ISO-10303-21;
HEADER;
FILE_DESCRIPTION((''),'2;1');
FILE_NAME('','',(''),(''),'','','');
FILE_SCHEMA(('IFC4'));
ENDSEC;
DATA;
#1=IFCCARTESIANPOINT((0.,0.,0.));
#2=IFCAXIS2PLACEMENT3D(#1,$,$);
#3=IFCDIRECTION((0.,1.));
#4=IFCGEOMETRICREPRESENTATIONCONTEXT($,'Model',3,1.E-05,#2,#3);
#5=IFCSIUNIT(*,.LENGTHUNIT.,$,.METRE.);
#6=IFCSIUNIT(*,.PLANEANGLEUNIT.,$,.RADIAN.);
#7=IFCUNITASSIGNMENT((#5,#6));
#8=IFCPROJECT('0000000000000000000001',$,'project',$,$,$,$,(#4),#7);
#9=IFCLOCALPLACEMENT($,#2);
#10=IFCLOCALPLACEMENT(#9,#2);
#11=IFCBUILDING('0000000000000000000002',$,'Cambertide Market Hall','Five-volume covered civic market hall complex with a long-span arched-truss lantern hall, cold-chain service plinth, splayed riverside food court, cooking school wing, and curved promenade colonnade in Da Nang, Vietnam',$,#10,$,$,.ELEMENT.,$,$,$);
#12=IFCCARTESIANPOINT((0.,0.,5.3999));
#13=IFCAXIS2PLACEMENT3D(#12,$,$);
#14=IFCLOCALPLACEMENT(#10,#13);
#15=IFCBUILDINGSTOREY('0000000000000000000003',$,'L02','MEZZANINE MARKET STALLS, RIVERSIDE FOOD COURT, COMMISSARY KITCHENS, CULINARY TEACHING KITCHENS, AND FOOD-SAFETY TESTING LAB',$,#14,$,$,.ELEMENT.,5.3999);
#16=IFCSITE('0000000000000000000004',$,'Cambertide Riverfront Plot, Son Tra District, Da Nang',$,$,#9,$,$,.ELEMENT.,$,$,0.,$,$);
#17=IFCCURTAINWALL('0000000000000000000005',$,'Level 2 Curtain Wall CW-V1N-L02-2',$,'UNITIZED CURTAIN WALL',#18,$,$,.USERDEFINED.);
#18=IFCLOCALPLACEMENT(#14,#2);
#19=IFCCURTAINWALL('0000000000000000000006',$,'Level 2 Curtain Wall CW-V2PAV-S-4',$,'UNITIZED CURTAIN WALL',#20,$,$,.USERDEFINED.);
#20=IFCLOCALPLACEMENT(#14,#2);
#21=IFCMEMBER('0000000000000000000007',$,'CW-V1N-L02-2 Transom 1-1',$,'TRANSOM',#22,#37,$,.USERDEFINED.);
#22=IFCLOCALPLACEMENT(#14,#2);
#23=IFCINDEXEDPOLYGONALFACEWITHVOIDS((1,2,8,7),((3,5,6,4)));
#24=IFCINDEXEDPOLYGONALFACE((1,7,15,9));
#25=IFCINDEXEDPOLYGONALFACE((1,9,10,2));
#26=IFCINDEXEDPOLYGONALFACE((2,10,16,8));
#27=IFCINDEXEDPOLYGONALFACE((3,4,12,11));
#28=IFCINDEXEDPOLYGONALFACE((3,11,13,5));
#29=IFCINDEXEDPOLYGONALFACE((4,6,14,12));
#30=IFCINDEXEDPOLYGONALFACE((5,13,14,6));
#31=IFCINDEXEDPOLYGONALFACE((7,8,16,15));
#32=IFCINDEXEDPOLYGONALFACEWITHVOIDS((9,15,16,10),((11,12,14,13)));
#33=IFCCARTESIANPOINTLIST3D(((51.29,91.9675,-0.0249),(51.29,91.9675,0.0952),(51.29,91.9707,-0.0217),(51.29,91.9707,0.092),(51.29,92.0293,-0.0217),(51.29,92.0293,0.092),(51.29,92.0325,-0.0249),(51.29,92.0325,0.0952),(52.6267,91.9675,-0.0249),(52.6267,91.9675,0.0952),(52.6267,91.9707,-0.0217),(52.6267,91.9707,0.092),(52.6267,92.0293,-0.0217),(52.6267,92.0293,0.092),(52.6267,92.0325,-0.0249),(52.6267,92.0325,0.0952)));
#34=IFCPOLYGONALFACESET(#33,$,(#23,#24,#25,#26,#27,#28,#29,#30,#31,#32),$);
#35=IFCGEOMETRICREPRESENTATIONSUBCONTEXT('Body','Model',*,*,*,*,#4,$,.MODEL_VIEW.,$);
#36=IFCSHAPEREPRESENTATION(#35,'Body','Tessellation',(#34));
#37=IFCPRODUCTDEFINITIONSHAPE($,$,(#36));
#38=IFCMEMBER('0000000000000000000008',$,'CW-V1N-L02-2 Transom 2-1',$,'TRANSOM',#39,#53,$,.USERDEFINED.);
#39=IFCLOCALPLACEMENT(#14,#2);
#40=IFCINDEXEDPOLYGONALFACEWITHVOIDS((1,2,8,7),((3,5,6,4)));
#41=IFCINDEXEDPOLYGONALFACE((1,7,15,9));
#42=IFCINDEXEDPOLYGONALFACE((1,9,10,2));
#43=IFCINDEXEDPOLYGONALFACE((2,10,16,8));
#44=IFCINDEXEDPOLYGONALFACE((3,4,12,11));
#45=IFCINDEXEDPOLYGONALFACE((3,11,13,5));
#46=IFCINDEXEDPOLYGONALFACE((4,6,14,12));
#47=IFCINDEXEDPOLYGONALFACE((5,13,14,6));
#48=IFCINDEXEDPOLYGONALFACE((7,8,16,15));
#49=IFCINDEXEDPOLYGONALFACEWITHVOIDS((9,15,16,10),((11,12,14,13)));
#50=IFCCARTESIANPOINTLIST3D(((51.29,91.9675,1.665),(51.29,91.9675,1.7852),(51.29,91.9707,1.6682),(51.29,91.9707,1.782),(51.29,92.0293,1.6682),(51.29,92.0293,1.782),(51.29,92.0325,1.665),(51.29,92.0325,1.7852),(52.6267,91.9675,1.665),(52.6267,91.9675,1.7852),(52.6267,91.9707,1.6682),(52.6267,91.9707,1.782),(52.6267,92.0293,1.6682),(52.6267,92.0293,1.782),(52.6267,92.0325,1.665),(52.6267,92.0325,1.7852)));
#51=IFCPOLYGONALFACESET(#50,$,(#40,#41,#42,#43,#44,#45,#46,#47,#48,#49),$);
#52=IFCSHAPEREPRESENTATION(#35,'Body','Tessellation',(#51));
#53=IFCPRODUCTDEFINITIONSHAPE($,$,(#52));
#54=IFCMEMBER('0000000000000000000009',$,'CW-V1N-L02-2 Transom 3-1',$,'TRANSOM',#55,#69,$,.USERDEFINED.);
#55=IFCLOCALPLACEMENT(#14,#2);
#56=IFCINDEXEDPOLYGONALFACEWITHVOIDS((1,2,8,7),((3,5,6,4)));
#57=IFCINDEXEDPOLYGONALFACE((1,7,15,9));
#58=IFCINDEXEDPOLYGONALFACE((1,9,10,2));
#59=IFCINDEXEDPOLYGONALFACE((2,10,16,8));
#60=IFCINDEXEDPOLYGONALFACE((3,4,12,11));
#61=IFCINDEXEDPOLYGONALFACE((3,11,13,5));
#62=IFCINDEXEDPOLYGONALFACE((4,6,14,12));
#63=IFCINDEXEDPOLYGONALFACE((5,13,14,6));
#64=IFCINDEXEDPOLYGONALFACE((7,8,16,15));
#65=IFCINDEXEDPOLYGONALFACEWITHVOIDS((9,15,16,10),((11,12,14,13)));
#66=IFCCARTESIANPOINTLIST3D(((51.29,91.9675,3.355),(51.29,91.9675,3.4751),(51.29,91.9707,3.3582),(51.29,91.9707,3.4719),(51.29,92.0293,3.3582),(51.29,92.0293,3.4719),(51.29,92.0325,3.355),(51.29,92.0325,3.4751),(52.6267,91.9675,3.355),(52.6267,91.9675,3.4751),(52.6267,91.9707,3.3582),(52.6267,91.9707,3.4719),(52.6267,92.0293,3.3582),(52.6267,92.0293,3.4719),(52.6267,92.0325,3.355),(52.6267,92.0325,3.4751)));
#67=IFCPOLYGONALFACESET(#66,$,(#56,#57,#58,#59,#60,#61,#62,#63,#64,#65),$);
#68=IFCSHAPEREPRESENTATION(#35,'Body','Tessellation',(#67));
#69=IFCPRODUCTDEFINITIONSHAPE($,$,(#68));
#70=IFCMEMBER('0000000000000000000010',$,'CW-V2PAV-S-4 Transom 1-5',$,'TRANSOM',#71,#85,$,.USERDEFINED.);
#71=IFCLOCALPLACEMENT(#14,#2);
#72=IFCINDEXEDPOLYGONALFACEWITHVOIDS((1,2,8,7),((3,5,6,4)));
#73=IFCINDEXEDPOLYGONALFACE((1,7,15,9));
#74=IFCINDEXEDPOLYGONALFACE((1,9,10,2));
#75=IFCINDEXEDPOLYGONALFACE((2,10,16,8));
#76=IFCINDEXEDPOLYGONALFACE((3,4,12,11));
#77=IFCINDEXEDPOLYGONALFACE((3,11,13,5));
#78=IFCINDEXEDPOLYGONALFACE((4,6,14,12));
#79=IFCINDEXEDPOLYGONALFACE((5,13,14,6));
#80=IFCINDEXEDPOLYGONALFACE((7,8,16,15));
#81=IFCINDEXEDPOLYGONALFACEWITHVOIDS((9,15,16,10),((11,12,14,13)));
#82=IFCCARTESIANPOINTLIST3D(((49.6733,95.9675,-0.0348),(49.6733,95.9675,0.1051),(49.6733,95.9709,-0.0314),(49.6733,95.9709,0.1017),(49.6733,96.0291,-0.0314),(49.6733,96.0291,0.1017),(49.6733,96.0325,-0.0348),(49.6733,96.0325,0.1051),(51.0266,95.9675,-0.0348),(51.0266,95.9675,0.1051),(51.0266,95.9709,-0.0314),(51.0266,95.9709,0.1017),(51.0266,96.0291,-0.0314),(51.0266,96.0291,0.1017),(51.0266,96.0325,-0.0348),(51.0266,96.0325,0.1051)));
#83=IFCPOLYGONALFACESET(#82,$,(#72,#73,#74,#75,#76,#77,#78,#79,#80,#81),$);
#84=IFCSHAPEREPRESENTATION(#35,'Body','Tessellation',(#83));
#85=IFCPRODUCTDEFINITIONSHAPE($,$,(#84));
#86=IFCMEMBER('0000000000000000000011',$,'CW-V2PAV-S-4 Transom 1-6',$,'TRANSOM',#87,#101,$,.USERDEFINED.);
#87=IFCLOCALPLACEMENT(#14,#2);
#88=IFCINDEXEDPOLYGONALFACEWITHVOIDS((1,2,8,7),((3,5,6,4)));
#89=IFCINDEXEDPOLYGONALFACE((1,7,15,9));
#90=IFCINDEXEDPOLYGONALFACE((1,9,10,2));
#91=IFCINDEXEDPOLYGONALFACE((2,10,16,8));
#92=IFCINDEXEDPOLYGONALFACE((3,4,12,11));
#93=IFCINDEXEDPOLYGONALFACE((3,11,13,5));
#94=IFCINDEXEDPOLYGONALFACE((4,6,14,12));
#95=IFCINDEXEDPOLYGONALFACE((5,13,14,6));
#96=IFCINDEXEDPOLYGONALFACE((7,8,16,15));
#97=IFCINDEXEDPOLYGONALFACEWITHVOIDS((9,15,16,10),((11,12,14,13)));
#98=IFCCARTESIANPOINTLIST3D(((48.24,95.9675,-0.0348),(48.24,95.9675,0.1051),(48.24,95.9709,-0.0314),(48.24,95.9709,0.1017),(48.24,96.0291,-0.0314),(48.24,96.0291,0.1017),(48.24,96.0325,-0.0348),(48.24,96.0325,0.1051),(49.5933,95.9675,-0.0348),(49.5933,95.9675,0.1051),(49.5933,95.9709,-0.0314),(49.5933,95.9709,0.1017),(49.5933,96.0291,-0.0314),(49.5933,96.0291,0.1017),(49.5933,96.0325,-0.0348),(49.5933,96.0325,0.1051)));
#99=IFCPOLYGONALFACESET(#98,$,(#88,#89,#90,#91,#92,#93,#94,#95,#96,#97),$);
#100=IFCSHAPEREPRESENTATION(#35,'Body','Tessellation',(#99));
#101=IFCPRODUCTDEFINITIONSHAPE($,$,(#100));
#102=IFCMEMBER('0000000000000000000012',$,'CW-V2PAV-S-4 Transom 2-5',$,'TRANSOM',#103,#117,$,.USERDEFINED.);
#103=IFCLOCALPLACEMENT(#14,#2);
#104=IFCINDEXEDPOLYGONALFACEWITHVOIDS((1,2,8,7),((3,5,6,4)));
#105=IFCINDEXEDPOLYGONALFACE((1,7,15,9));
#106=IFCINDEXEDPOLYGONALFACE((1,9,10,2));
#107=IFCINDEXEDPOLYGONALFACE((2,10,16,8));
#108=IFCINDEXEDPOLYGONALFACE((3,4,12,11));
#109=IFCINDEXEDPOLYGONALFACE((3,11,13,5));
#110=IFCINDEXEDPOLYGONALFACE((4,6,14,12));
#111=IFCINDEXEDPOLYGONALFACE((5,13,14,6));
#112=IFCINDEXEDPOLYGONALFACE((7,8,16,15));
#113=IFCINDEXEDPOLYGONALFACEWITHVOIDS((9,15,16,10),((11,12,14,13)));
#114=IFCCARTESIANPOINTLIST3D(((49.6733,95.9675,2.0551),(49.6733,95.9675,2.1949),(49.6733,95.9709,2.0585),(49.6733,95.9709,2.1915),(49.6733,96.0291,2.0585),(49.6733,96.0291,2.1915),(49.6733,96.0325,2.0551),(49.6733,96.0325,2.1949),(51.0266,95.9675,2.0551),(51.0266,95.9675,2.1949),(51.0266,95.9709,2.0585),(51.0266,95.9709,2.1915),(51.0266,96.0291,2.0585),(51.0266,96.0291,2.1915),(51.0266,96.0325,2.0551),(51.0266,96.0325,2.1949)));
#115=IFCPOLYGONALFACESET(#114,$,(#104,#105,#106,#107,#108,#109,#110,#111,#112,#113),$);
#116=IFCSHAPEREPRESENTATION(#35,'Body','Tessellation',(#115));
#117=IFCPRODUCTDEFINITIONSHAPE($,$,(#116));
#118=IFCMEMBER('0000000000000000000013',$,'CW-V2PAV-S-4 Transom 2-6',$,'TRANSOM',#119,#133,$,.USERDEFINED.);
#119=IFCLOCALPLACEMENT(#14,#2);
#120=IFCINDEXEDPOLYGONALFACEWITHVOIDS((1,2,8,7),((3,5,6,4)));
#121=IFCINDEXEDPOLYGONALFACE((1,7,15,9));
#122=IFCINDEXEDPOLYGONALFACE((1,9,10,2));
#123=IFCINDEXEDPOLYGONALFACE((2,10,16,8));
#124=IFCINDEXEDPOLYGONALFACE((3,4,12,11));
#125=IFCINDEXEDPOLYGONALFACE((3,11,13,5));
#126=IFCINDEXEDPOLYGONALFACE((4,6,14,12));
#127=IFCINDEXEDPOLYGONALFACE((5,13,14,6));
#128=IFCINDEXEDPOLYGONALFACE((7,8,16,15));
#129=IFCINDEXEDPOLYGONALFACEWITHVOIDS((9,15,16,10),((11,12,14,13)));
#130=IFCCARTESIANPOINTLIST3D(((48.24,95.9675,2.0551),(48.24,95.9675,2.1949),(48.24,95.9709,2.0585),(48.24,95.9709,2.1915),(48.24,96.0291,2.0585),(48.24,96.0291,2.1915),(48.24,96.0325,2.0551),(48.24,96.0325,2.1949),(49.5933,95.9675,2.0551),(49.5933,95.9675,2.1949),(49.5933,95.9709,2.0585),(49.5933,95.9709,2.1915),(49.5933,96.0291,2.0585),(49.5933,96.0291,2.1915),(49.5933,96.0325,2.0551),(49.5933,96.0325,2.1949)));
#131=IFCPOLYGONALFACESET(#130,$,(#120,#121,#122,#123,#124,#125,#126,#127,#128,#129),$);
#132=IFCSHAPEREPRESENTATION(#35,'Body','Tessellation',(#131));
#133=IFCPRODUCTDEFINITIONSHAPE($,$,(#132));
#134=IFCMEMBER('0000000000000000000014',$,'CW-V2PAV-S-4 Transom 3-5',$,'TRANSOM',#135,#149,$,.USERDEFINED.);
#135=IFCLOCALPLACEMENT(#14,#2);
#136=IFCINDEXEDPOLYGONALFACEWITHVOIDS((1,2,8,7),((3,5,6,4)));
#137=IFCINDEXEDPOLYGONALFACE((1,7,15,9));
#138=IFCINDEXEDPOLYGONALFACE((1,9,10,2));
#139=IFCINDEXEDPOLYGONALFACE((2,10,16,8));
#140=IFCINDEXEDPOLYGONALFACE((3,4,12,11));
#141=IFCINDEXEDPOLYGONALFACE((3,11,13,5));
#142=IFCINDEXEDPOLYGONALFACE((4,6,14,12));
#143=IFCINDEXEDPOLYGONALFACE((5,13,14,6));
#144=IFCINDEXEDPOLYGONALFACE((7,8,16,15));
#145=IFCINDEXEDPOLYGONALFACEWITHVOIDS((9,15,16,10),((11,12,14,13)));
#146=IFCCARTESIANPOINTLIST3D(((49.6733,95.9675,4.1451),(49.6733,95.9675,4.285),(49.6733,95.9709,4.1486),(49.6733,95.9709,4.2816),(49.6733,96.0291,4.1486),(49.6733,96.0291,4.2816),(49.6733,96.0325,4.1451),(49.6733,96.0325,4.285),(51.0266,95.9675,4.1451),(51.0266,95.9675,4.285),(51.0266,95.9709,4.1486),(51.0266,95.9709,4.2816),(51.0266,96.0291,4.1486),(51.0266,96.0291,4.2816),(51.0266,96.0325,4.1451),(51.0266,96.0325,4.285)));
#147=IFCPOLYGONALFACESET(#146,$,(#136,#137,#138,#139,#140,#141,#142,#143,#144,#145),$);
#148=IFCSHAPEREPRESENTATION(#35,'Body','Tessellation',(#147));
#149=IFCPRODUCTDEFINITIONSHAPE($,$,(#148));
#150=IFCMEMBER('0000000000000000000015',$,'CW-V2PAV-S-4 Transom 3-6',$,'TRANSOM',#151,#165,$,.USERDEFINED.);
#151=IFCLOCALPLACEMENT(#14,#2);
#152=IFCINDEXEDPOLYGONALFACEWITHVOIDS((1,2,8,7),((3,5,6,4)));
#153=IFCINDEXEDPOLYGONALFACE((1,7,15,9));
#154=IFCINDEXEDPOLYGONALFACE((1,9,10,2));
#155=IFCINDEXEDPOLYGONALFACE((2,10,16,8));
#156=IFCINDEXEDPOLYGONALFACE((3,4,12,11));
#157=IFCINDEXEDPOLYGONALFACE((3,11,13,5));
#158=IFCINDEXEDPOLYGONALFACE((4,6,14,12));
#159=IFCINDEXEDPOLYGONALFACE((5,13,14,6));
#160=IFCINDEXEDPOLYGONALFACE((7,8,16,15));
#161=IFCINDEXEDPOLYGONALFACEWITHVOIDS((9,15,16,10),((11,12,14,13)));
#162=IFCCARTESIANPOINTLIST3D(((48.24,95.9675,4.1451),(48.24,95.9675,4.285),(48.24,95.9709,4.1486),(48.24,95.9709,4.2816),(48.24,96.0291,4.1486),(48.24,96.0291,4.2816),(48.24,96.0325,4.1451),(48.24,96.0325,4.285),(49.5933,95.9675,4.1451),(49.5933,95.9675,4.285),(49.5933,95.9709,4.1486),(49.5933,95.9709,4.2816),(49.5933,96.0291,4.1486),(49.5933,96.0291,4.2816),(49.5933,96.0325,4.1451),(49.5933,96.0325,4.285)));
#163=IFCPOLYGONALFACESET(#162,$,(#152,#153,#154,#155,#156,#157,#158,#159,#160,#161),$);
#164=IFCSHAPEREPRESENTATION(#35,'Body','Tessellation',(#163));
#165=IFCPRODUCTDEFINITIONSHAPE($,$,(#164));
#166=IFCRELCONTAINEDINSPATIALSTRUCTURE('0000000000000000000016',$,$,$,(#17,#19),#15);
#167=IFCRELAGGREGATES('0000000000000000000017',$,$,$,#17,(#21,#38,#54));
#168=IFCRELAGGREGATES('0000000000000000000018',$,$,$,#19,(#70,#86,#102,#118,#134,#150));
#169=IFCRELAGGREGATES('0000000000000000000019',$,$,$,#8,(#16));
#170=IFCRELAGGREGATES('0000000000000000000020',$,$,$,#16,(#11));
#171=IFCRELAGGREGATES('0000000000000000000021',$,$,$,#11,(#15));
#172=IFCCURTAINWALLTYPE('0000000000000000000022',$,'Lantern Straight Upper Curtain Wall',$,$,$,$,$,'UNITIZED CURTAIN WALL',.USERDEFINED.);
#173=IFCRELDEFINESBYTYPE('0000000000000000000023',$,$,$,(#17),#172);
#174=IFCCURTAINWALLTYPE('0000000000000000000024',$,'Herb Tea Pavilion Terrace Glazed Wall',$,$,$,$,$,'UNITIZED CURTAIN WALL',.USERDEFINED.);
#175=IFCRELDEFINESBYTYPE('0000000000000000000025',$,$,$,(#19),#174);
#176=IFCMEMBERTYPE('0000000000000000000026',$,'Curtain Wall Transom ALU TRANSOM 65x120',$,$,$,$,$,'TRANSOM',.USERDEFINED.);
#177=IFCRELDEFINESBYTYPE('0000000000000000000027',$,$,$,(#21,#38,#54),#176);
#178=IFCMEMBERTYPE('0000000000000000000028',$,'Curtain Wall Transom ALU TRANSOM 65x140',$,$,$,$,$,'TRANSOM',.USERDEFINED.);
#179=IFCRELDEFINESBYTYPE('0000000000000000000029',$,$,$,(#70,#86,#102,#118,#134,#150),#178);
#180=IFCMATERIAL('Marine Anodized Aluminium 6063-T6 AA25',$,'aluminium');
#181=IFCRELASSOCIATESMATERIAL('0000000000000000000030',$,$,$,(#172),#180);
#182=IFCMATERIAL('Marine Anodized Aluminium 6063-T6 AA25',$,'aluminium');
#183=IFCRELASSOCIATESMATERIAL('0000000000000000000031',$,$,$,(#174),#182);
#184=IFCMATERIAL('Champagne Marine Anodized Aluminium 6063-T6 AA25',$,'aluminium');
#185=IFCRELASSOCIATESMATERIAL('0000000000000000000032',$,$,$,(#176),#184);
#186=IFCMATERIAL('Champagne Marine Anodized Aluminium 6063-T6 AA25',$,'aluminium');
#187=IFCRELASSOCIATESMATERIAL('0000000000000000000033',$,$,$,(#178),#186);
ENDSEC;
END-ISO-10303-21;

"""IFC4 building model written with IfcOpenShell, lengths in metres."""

from ifc_helpers import new_model, si_unit, direction, frame, origin, origin_2d, place, context, subcontext, project, spatial, hollow_rectangle, extrude, material, material_profile, profile_set, type_object, element, aggregate, save


model = new_model("IFC4")

# Units and contexts
model_context = context("Model", 3, precision=1e-05, world=origin(), true_north=direction((0.0, 1.0)))
body_context = subcontext(model_context, "Body", "Model", "MODEL_VIEW")
ifc_project = project(units=[si_unit("LENGTHUNIT", "METRE"), si_unit("PLANEANGLEUNIT", "RADIAN")], contexts=[model_context])

# Site, building, storey
site_placement = place(None, origin())
site = spatial("IfcSite", under=ifc_project, at=site_placement, Name="Cambertide Riverfront Plot, Son Tra District, Da Nang", CompositionType="ELEMENT", RefElevation=0.0)
building_placement = place(site_placement, origin())
building = spatial("IfcBuilding", under=site, at=building_placement, Name="Cambertide Market Hall", Description="Five-volume covered civic market hall complex with a long-span arched-truss lantern hall, cold-chain service plinth, splayed riverside food court, cooking school wing, and curved promenade colonnade in Da Nang, Vietnam", CompositionType="ELEMENT")
storey_placement = place(building_placement, frame((0.0, 0.0, 5.3999)))
storey = spatial("IfcBuildingStorey", under=building, at=storey_placement, Name="L02", Description="MEZZANINE MARKET STALLS, RIVERSIDE FOOD COURT, COMMISSARY KITCHENS, CULINARY TEACHING KITCHENS, AND FOOD-SAFETY TESTING LAB", CompositionType="ELEMENT", Elevation=5.3999)

# Shared definitions
ifc_material_1 = material(Name="Marine Anodized Aluminium 6063-T6 AA25", Category="aluminium")
curtain_wall_type_1 = type_object("IfcCurtainWallType", Name="Lantern Straight Upper Curtain Wall", ElementType="UNITIZED CURTAIN WALL", PredefinedType="USERDEFINED", material=ifc_material_1)

# Curtain wall
curtain_wall_1_placement = place(storey_placement, origin())
curtain_wall_1 = element("IfcCurtainWall", 1, at=curtain_wall_1_placement, inside=storey, type_object=curtain_wall_type_1, Name="Level 2 Curtain Wall CW-V1N-L02-2", ObjectType="UNITIZED CURTAIN WALL", PredefinedType="USERDEFINED")

# Curtain wall
ifc_material_2 = material(Name="Marine Anodized Aluminium 6063-T6 AA25", Category="aluminium")
curtain_wall_type_2 = type_object("IfcCurtainWallType", Name="Herb Tea Pavilion Terrace Glazed Wall", ElementType="UNITIZED CURTAIN WALL", PredefinedType="USERDEFINED", material=ifc_material_2)
curtain_wall_2_placement = place(storey_placement, origin())
curtain_wall_2 = element("IfcCurtainWall", 2, at=curtain_wall_2_placement, inside=storey, type_object=curtain_wall_type_2, Name="Level 2 Curtain Wall CW-V2PAV-S-4", ObjectType="UNITIZED CURTAIN WALL", PredefinedType="USERDEFINED")

# Members
ifc_material_3 = material(Name="Champagne Marine Anodized Aluminium 6063-T6 AA25", Category="aluminium")
ifc_material_profile_1 = material_profile(ifc_material_3, hollow_rectangle(XDim=0.0649, YDim=0.1201, WallThickness=0.0032, at=origin_2d()), Name="ALU TRANSOM 65x120")
ifc_profile_set_1 = profile_set([ifc_material_profile_1], Name="Champagne Marine Anodized Aluminium 6063-T6 AA25")
member_type_1 = type_object("IfcMemberType", Name="Curtain Wall Transom ALU TRANSOM 65x120", ElementType="TRANSOM", PredefinedType="USERDEFINED", material=ifc_profile_set_1)
member_1_placement = place(storey_placement, frame((51.29, 92.0, 0.0352), z_axis=(1.0, 0.0, 0.0), x_axis=(0.0, 1.0, 0.0)))
member_1 = element("IfcMember", 3, at=member_1_placement, type_object=member_type_1, Name="CW-V1N-L02-2 Transom 1-1", ObjectType="TRANSOM", PredefinedType="USERDEFINED", context=body_context, shape_type="SweptSolid", body=[
    extrude(hollow_rectangle(XDim=0.0649, YDim=0.1201, WallThickness=0.0032, at=origin_2d()), origin(), (0.0, 0.0, 1.0), 1.3367),
])
member_2_placement = place(storey_placement, frame((51.29, 92.0, 1.7251), z_axis=(1.0, 0.0, 0.0), x_axis=(0.0, 1.0, 0.0)))
member_2 = element("IfcMember", 4, at=member_2_placement, type_object=member_type_1, Name="CW-V1N-L02-2 Transom 2-1", ObjectType="TRANSOM", PredefinedType="USERDEFINED", context=body_context, shape_type="SweptSolid", body=[
    extrude(hollow_rectangle(XDim=0.0649, YDim=0.1201, WallThickness=0.0032, at=origin_2d()), origin(), (0.0, 0.0, 1.0), 1.3367),
])
member_3_placement = place(storey_placement, frame((51.29, 92.0, 3.415), z_axis=(1.0, 0.0, 0.0), x_axis=(0.0, 1.0, 0.0)))
member_3 = element("IfcMember", 5, at=member_3_placement, type_object=member_type_1, Name="CW-V1N-L02-2 Transom 3-1", ObjectType="TRANSOM", PredefinedType="USERDEFINED", context=body_context, shape_type="SweptSolid", body=[
    extrude(hollow_rectangle(XDim=0.0649, YDim=0.1201, WallThickness=0.0032, at=origin_2d()), origin(), (0.0, 0.0, 1.0), 1.3367),
])
ifc_material_4 = material(Name="Champagne Marine Anodized Aluminium 6063-T6 AA25", Category="aluminium")
ifc_material_profile_2 = material_profile(ifc_material_4, hollow_rectangle(XDim=0.0649, YDim=0.1399, WallThickness=0.0034, at=origin_2d()), Name="ALU TRANSOM 65x140")
ifc_profile_set_2 = profile_set([ifc_material_profile_2], Name="Champagne Marine Anodized Aluminium 6063-T6 AA25")
member_type_2 = type_object("IfcMemberType", Name="Curtain Wall Transom ALU TRANSOM 65x140", ElementType="TRANSOM", PredefinedType="USERDEFINED", material=ifc_profile_set_2)
member_4_placement = place(storey_placement, frame((51.0266, 96.0, 0.0352), z_axis=(-1.0, 0.0, 0.0), x_axis=(0.0, -1.0, 0.0)))
member_4 = element("IfcMember", 6, at=member_4_placement, type_object=member_type_2, Name="CW-V2PAV-S-4 Transom 1-5", ObjectType="TRANSOM", PredefinedType="USERDEFINED", context=body_context, shape_type="SweptSolid", body=[
    extrude(hollow_rectangle(XDim=0.0649, YDim=0.1399, WallThickness=0.0034, at=origin_2d()), origin(), (0.0, 0.0, 1.0), 1.3533),
])
member_5_placement = place(storey_placement, frame((49.5933, 96.0, 0.0352), z_axis=(-1.0, 0.0, 0.0), x_axis=(0.0, -1.0, 0.0)))
member_5 = element("IfcMember", 7, at=member_5_placement, type_object=member_type_2, Name="CW-V2PAV-S-4 Transom 1-6", ObjectType="TRANSOM", PredefinedType="USERDEFINED", context=body_context, shape_type="SweptSolid", body=[
    extrude(hollow_rectangle(XDim=0.0649, YDim=0.1399, WallThickness=0.0034, at=origin_2d()), origin(), (0.0, 0.0, 1.0), 1.3533),
])
member_6_placement = place(storey_placement, frame((51.0266, 96.0, 2.125), z_axis=(-1.0, 0.0, 0.0), x_axis=(0.0, -1.0, 0.0)))
member_6 = element("IfcMember", 8, at=member_6_placement, type_object=member_type_2, Name="CW-V2PAV-S-4 Transom 2-5", ObjectType="TRANSOM", PredefinedType="USERDEFINED", context=body_context, shape_type="SweptSolid", body=[
    extrude(hollow_rectangle(XDim=0.0649, YDim=0.1399, WallThickness=0.0034, at=origin_2d()), origin(), (0.0, 0.0, 1.0), 1.3533),
])
member_7_placement = place(storey_placement, frame((49.5933, 96.0, 2.125), z_axis=(-1.0, 0.0, 0.0), x_axis=(0.0, -1.0, 0.0)))
member_7 = element("IfcMember", 9, at=member_7_placement, type_object=member_type_2, Name="CW-V2PAV-S-4 Transom 2-6", ObjectType="TRANSOM", PredefinedType="USERDEFINED", context=body_context, shape_type="SweptSolid", body=[
    extrude(hollow_rectangle(XDim=0.0649, YDim=0.1399, WallThickness=0.0034, at=origin_2d()), origin(), (0.0, 0.0, 1.0), 1.3533),
])
member_8_placement = place(storey_placement, frame((51.0266, 96.0, 4.2151), z_axis=(-1.0, 0.0, 0.0), x_axis=(0.0, -1.0, 0.0)))
member_8 = element("IfcMember", 10, at=member_8_placement, type_object=member_type_2, Name="CW-V2PAV-S-4 Transom 3-5", ObjectType="TRANSOM", PredefinedType="USERDEFINED", context=body_context, shape_type="SweptSolid", body=[
    extrude(hollow_rectangle(XDim=0.0649, YDim=0.1399, WallThickness=0.0034, at=origin_2d()), origin(), (0.0, 0.0, 1.0), 1.3533),
])
member_9_placement = place(storey_placement, frame((49.5933, 96.0, 4.2151), z_axis=(-1.0, 0.0, 0.0), x_axis=(0.0, -1.0, 0.0)))
member_9 = element("IfcMember", 11, at=member_9_placement, type_object=member_type_2, Name="CW-V2PAV-S-4 Transom 3-6", ObjectType="TRANSOM", PredefinedType="USERDEFINED", context=body_context, shape_type="SweptSolid", body=[
    extrude(hollow_rectangle(XDim=0.0649, YDim=0.1399, WallThickness=0.0034, at=origin_2d()), origin(), (0.0, 0.0, 1.0), 1.3533),
])

aggregate(curtain_wall_1, [member_1, member_2, member_3])
aggregate(curtain_wall_2, [member_4, member_5, member_6, member_7, member_8, member_9])

save(model, "model.ifc")
